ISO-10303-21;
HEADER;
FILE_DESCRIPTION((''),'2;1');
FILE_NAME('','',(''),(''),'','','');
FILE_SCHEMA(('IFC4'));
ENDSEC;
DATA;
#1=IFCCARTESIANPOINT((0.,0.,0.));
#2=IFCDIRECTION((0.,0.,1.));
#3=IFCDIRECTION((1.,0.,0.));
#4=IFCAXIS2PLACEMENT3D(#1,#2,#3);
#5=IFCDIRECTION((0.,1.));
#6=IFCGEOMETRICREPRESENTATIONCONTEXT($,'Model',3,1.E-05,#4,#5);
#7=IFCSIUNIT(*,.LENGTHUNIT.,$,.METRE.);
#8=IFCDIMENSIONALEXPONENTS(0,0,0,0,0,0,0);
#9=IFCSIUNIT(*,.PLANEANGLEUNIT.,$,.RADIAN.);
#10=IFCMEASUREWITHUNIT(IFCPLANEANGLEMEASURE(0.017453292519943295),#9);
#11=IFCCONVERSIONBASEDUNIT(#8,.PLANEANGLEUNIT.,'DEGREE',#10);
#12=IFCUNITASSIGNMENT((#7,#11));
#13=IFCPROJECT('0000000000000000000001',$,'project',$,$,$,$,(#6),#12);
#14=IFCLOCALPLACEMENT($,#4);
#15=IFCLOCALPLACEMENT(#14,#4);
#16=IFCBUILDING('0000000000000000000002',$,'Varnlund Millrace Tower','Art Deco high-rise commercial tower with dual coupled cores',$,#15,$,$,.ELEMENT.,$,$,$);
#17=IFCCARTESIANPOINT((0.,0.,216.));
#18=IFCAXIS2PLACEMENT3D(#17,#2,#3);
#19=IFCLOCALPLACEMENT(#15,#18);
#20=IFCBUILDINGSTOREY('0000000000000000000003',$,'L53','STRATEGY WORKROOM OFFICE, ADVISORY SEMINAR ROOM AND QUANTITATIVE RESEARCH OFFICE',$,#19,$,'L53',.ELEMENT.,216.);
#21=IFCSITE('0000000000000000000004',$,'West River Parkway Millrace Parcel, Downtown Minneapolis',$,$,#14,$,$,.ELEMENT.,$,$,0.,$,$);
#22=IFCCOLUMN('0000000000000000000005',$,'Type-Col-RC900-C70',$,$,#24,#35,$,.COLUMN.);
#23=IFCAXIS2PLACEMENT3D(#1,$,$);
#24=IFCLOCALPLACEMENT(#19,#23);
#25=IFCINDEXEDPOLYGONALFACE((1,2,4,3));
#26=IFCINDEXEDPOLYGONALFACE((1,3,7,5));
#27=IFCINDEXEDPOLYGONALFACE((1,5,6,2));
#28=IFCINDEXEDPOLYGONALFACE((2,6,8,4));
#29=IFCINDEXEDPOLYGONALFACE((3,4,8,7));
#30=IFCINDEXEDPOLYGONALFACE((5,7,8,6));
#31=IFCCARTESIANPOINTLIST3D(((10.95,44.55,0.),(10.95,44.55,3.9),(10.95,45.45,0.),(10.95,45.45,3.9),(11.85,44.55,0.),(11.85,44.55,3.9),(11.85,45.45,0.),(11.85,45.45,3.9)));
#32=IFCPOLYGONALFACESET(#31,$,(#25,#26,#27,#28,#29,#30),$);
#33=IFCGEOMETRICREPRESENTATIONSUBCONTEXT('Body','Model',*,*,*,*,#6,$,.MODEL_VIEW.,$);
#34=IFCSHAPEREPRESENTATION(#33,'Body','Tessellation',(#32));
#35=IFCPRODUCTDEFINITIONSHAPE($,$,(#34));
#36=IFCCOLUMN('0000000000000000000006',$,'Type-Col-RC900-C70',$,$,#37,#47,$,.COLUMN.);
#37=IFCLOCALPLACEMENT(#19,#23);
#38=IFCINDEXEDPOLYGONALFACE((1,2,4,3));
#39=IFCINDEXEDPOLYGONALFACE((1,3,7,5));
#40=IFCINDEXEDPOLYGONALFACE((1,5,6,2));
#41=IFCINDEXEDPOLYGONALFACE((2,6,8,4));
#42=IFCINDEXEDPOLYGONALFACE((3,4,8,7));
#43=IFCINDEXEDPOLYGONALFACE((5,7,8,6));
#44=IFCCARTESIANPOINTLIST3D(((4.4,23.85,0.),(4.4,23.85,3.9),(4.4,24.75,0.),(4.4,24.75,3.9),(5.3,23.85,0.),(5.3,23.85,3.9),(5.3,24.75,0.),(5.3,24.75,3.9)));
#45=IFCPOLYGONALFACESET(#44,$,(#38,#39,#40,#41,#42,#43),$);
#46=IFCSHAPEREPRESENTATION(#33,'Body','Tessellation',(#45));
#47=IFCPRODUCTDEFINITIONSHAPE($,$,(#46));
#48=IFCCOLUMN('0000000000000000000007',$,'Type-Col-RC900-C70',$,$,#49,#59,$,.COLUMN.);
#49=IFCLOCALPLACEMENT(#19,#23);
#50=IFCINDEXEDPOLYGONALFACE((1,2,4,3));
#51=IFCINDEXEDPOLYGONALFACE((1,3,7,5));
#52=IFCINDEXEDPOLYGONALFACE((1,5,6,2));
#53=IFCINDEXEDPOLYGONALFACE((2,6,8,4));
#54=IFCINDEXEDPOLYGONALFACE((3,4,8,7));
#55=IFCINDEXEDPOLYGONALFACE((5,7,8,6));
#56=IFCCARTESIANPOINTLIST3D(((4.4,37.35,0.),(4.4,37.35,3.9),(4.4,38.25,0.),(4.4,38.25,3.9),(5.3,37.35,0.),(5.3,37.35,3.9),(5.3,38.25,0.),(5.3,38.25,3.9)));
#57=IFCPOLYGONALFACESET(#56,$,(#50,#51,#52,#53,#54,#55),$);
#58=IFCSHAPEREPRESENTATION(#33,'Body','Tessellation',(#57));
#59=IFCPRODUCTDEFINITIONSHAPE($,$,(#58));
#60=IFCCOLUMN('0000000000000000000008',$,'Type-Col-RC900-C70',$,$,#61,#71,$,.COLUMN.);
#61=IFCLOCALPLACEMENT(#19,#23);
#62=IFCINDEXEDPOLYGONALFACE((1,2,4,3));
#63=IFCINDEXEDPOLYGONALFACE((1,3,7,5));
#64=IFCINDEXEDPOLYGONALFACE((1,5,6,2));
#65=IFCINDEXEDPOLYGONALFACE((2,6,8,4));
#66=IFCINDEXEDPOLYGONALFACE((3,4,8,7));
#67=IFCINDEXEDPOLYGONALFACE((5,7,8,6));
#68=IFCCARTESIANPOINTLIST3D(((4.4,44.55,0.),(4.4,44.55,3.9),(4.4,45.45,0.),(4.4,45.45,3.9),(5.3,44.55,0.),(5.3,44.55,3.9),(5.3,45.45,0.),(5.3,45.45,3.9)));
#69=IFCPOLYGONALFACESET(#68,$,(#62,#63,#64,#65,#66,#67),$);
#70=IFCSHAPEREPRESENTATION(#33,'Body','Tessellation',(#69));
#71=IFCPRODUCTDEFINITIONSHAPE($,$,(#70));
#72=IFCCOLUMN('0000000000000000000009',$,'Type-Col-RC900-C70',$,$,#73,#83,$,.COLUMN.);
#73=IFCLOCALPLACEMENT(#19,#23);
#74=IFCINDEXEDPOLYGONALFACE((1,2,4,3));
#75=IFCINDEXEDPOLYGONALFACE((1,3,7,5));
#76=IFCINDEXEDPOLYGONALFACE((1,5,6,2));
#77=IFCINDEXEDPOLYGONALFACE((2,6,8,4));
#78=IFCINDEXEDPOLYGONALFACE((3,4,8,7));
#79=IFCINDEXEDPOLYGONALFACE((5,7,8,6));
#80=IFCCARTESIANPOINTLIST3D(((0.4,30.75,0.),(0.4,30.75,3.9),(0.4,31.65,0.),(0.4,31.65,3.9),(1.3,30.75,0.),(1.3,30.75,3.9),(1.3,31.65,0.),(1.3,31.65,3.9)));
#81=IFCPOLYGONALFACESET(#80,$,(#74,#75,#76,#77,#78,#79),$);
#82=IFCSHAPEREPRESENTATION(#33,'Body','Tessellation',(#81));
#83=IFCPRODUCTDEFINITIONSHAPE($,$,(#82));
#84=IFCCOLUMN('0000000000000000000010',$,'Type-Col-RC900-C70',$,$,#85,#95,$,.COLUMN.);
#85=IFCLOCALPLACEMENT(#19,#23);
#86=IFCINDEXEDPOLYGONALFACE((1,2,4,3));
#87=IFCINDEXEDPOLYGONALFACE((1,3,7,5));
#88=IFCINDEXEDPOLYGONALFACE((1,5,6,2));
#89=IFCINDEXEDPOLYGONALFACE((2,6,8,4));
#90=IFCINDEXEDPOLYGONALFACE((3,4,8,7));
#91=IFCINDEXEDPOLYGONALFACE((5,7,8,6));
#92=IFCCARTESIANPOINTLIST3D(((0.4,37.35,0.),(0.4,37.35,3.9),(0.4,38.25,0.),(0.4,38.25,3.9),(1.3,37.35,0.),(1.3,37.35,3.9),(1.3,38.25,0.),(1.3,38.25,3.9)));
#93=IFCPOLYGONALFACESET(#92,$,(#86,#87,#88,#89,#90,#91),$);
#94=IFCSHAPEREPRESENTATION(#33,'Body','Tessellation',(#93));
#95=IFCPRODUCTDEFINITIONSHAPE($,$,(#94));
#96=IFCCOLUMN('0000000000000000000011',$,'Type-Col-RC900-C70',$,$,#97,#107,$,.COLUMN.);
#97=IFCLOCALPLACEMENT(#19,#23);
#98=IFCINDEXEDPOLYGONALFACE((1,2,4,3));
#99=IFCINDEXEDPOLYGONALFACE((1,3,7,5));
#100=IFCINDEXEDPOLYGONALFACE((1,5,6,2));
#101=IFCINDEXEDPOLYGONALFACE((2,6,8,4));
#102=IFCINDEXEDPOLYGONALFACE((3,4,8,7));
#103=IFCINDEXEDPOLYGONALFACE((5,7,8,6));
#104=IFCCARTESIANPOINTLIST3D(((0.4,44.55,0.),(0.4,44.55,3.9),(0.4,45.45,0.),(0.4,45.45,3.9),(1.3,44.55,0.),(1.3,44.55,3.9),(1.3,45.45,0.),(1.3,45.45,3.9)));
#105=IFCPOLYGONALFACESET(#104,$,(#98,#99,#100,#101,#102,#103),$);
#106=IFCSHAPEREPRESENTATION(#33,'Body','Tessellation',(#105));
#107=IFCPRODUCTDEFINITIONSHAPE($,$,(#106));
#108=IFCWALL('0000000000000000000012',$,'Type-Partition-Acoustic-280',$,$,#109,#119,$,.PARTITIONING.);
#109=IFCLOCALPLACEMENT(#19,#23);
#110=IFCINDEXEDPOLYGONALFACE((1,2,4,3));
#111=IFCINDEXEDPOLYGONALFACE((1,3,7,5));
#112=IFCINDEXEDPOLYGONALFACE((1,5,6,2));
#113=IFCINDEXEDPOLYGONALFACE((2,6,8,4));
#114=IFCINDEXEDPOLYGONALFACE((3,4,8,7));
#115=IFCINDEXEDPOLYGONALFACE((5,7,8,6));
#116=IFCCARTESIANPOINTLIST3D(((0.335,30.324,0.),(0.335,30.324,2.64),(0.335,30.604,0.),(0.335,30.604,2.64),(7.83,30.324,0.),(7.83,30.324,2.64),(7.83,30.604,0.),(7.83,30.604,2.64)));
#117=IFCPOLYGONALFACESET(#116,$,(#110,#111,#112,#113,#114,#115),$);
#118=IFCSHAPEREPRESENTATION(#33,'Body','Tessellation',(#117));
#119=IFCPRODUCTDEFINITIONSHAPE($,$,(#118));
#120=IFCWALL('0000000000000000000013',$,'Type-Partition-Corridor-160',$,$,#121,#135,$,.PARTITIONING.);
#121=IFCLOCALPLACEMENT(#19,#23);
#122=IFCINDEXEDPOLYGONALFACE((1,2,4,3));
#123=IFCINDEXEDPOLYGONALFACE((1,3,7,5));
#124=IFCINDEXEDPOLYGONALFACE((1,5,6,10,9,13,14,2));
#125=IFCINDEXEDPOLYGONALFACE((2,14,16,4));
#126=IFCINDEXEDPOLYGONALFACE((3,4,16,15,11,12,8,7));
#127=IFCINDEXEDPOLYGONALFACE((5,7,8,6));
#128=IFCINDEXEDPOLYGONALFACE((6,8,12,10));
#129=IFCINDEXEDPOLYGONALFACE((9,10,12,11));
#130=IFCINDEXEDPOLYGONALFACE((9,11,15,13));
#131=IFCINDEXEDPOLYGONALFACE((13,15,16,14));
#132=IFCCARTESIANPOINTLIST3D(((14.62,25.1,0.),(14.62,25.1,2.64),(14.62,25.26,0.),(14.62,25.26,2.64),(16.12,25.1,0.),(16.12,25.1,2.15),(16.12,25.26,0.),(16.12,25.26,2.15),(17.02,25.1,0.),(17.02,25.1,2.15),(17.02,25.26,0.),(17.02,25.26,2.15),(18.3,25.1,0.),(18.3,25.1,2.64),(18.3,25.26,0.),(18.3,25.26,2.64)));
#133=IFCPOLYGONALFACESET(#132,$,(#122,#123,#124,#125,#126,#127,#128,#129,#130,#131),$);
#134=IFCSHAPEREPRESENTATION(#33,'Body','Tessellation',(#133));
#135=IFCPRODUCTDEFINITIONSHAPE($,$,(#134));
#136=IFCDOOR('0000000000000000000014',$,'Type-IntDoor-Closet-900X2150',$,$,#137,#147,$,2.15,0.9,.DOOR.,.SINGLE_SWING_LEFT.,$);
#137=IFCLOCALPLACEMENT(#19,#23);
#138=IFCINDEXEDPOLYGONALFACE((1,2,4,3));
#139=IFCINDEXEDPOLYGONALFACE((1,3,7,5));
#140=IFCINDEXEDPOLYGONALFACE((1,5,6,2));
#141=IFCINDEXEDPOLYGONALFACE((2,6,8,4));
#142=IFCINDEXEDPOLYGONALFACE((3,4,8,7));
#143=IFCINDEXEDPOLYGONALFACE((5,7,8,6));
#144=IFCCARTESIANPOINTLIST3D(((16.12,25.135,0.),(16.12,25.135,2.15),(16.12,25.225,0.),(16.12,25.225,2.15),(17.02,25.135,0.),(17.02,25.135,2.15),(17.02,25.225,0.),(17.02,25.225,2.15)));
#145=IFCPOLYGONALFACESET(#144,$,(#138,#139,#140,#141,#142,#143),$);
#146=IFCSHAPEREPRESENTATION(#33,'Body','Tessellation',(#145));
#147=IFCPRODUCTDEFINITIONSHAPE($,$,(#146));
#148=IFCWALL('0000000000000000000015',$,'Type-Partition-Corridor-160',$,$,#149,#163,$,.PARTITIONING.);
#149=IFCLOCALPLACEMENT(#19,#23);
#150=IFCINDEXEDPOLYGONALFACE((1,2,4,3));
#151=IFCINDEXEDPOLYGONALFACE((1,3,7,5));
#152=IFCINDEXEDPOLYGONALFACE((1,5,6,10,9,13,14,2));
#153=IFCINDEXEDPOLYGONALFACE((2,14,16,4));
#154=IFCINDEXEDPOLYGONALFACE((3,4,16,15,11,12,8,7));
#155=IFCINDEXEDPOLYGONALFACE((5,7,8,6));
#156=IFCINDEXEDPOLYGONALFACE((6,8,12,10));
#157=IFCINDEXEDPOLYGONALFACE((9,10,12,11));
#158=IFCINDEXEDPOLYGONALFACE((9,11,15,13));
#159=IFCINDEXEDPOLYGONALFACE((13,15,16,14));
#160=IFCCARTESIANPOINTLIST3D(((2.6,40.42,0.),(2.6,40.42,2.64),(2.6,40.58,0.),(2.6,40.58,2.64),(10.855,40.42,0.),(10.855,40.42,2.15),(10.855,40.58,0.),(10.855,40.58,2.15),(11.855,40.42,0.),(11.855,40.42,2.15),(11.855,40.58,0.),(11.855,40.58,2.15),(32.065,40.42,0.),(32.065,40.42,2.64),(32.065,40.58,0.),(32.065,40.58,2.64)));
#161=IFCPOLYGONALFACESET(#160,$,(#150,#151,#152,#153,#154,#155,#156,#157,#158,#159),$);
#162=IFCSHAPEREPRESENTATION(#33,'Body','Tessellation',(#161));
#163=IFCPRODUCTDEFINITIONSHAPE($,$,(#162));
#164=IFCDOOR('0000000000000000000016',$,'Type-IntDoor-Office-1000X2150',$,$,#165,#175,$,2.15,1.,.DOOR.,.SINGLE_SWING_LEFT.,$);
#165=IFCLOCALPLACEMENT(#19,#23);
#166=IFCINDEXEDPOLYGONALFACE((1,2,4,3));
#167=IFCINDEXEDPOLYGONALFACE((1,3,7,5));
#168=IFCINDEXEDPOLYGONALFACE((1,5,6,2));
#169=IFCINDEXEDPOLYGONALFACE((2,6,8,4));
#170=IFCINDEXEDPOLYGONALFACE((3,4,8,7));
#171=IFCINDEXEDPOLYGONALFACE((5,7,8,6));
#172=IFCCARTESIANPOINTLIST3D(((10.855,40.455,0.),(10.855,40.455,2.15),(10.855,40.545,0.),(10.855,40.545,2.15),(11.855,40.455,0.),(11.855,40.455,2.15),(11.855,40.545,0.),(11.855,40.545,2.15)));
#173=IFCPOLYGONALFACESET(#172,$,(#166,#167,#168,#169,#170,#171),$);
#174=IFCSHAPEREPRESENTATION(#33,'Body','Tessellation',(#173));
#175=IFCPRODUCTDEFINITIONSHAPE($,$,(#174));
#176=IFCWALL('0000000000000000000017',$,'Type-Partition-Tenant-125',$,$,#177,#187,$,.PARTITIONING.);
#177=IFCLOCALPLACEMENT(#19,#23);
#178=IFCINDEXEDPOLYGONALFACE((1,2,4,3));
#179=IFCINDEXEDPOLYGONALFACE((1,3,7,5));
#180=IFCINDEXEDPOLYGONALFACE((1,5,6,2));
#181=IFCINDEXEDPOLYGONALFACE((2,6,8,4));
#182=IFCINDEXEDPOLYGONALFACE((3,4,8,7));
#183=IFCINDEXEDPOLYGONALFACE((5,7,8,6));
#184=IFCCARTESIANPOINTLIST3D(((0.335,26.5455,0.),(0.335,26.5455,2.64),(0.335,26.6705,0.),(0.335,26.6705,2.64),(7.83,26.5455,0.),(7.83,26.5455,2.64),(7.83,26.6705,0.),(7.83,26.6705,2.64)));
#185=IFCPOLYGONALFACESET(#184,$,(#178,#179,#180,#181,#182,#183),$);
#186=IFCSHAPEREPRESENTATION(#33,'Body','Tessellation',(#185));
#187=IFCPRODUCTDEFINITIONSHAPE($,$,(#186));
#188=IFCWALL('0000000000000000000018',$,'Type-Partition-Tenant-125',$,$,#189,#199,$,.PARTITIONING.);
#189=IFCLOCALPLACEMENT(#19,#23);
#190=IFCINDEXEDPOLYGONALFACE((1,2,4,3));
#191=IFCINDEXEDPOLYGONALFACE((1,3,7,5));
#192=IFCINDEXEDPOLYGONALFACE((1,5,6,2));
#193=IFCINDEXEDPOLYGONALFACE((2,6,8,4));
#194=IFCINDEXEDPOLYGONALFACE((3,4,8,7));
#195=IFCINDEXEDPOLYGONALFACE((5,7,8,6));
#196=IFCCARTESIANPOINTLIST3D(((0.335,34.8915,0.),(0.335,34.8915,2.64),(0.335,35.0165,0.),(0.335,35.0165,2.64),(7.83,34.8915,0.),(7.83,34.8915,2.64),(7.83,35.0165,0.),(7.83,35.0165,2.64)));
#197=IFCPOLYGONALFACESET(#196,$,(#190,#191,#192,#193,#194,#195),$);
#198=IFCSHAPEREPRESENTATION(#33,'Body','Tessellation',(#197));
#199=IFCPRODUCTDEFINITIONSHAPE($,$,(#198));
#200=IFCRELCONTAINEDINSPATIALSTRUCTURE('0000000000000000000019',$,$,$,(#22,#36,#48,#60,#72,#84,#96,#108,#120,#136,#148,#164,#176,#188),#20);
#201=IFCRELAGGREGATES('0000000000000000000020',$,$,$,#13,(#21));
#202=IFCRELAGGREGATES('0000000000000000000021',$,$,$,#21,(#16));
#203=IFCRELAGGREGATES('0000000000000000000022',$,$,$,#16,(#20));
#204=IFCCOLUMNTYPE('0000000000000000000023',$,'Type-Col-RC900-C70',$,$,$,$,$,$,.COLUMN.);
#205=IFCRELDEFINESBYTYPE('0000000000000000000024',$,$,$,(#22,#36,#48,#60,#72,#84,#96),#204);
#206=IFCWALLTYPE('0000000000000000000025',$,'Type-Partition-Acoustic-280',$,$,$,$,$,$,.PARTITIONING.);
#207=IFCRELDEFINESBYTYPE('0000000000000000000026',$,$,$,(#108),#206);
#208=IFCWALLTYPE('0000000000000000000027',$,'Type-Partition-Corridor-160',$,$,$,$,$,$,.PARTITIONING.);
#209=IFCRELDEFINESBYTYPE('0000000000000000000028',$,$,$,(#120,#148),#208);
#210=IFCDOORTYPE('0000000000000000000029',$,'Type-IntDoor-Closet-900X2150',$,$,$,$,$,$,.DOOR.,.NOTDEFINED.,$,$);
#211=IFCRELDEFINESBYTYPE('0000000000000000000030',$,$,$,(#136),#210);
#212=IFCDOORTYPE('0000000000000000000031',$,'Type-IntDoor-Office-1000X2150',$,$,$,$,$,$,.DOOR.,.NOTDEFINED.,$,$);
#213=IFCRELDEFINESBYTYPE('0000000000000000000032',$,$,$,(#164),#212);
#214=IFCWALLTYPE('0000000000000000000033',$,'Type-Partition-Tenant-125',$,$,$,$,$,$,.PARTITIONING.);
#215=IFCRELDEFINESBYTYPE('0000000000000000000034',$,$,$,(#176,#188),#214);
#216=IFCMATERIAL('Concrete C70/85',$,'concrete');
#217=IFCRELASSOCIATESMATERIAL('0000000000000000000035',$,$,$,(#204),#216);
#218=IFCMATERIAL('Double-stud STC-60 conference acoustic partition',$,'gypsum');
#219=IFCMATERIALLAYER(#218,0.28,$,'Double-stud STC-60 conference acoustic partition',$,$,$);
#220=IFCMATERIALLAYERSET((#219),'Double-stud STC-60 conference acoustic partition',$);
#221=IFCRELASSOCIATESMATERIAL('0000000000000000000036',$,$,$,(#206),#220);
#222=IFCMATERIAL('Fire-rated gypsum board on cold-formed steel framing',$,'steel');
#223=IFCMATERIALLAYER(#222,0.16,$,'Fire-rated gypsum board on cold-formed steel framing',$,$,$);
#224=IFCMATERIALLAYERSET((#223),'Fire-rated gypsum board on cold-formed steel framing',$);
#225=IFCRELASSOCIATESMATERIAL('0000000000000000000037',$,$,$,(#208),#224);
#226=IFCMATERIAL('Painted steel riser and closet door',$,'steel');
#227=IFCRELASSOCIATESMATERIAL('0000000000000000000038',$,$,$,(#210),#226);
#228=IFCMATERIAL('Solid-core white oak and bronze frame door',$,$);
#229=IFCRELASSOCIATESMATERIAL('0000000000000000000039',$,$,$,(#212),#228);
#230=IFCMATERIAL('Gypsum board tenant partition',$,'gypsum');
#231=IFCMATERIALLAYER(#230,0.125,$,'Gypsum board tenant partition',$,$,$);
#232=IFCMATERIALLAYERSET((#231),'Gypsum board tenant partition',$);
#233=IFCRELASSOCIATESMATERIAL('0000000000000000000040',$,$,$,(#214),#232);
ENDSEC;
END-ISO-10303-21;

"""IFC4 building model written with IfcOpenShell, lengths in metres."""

from ifc_helpers import new_model, entity, si_unit, converted_unit, direction, frame, origin_with_axes, origin_2d_with_axis, place, context, subcontext, project, spatial, polyline, rectangle, outline, extrude, material, layer, layer_set, material_profile, profile_set, type_object, element, fill, save


model = new_model("IFC4")

# Units and contexts
model_context = context("Model", 3, precision=1e-05, world=origin_with_axes(), true_north=direction((0.0, 1.0)))
body_context = subcontext(model_context, "Body", "Model", "MODEL_VIEW")
ifc_project = project(units=[si_unit("LENGTHUNIT", "METRE"), converted_unit("PLANEANGLEUNIT", "DEGREE", entity("IfcPlaneAngleMeasure", 0.017453292519943295), si_unit("PLANEANGLEUNIT", "RADIAN"), dimensions=[0, 0, 0, 0, 0, 0, 0])], contexts=[model_context])

# Site, building, storey
site_placement = place(None, origin_with_axes())
site = spatial("IfcSite", under=ifc_project, at=site_placement, Name="West River Parkway Millrace Parcel, Downtown Minneapolis", CompositionType="ELEMENT", RefElevation=0.0)
building_placement = place(site_placement, origin_with_axes())
building = spatial("IfcBuilding", under=site, at=building_placement, Name="Varnlund Millrace Tower", Description="Art Deco high-rise commercial tower with dual coupled cores", CompositionType="ELEMENT")
storey_placement = place(building_placement, frame((0.0, 0.0, 216.0), z_axis=(0.0, 0.0, 1.0), x_axis=(1.0, 0.0, 0.0)))
storey = spatial("IfcBuildingStorey", under=building, at=storey_placement, Name="L53", Description="STRATEGY WORKROOM OFFICE, ADVISORY SEMINAR ROOM AND QUANTITATIVE RESEARCH OFFICE", LongName="L53", CompositionType="ELEMENT", Elevation=216.0)

# Columns
ifc_material_1 = material(Name="Concrete C70/85", Category="concrete")
ifc_material_profile = material_profile(ifc_material_1, rectangle(XDim=0.9, YDim=0.9, at=origin_2d_with_axis()), Name="Concrete C70/85")
ifc_profile_set = profile_set([ifc_material_profile], Name="Concrete C70/85")
column_type = type_object("IfcColumnType", Name="Type-Col-RC900-C70", PredefinedType="COLUMN", material=ifc_profile_set)
for number, where, z_axis, x_axis, name in (
    (1, (11.4, 45.0, 0.0), (0.0, 0.0, 1.0), (1.0, 0.0, 0.0), "Type-Col-RC900-C70"),
    (2, (4.85, 24.3, 0.0), (0.0, 0.0, 1.0), (1.0, 0.0, 0.0), "Type-Col-RC900-C70"),
    (3, (4.85, 37.8, 0.0), (0.0, 0.0, 1.0), (1.0, 0.0, 0.0), "Type-Col-RC900-C70"),
    (4, (4.85, 45.0, 0.0), (0.0, 0.0, 1.0), (1.0, 0.0, 0.0), "Type-Col-RC900-C70"),
    (5, (0.85, 31.2, 0.0), (0.0, 0.0, 1.0), (1.0, 0.0, 0.0), "Type-Col-RC900-C70"),
    (6, (0.85, 37.8, 0.0), (0.0, 0.0, 1.0), (1.0, 0.0, 0.0), "Type-Col-RC900-C70"),
    (7, (0.85, 45.0, 0.0), (0.0, 0.0, 1.0), (1.0, 0.0, 0.0), "Type-Col-RC900-C70"),
):
    element("IfcColumn", number, at=place(storey_placement, frame(where, z_axis=z_axis, x_axis=x_axis)), inside=storey, type_object=column_type, Name=name, PredefinedType="COLUMN", context=body_context, shape_type="SweptSolid", body=[
        extrude(rectangle(XDim=0.9, YDim=0.9, at=origin_2d_with_axis()), origin_with_axes(), (0.0, 0.0, 1.0), 3.9),
    ])

# Wall
ifc_material_2 = material(Name="Double-stud STC-60 conference acoustic partition", Category="gypsum")
ifc_layer_1 = layer(ifc_material_2, 0.28, Name="Double-stud STC-60 conference acoustic partition")
ifc_layer_set_1 = layer_set([ifc_layer_1], Name="Double-stud STC-60 conference acoustic partition")
wall_type_1 = type_object("IfcWallType", Name="Type-Partition-Acoustic-280", PredefinedType="PARTITIONING", material=ifc_layer_set_1)
wall_1_placement = place(storey_placement, frame((0.335, 30.464, 0.0), z_axis=(0.0, 0.0, 1.0), x_axis=(1.0, 0.0, 0.0)))
element("IfcWall", 8, at=wall_1_placement, inside=storey, type_object=wall_type_1, Name="Type-Partition-Acoustic-280", PredefinedType="PARTITIONING", context=body_context, shape_type="SweptSolid", body=[
    extrude(outline(polyline([(0.0, -0.14), (7.495, -0.14), (7.495, 0.14), (0.0, 0.14), (0.0, -0.14)])), origin_with_axes(), (0.0, 0.0, 1.0), 2.64),
])

# Walls, openings, doors
ifc_material_3 = material(Name="Fire-rated gypsum board on cold-formed steel framing", Category="steel")
ifc_layer_2 = layer(ifc_material_3, 0.16, Name="Fire-rated gypsum board on cold-formed steel framing")
ifc_layer_set_2 = layer_set([ifc_layer_2], Name="Fire-rated gypsum board on cold-formed steel framing")
wall_type_2 = type_object("IfcWallType", Name="Type-Partition-Corridor-160", PredefinedType="PARTITIONING", material=ifc_layer_set_2)
wall_2_placement = place(storey_placement, frame((14.62, 25.18, 0.0), z_axis=(0.0, 0.0, 1.0), x_axis=(1.0, 0.0, 0.0)))
wall_2 = element("IfcWall", 9, at=wall_2_placement, inside=storey, type_object=wall_type_2, Name="Type-Partition-Corridor-160", PredefinedType="PARTITIONING", context=body_context, shape_type="SweptSolid", body=[
    extrude(outline(polyline([(0.0, -0.08), (3.68, -0.08), (3.68, 0.08), (0.0, 0.08), (0.0, -0.08)])), origin_with_axes(), (0.0, 0.0, 1.0), 2.64),
])
opening_1_placement = place(wall_2_placement, frame((1.95, 0.0, 0.0), z_axis=(0.0, 0.0, 1.0), x_axis=(1.0, 0.0, 0.0)))
opening_1 = element("IfcOpeningElement", 10, at=opening_1_placement, cuts=wall_2, PredefinedType="OPENING", context=body_context, shape_type="SweptSolid", body=[
    extrude(rectangle(XDim=0.9, YDim=0.18, at=origin_2d_with_axis()), origin_with_axes(), (0.0, 0.0, 1.0), 2.15),
])
ifc_material_4 = material(Name="Painted steel riser and closet door", Category="steel")
door_type_1 = type_object("IfcDoorType", Name="Type-IntDoor-Closet-900X2150", OperationType="NOTDEFINED", PredefinedType="DOOR", material=ifc_material_4)
door_1_placement = place(wall_2_placement, frame((1.95, 0.0, 0.0), z_axis=(0.0, 0.0, 1.0), x_axis=(1.0, 0.0, 0.0)))
door_1 = element("IfcDoor", 11, at=door_1_placement, inside=storey, type_object=door_type_1, Name="Type-IntDoor-Closet-900X2150", OperationType="SINGLE_SWING_LEFT", OverallHeight=2.15, OverallWidth=0.9, PredefinedType="DOOR", context=body_context, shape_type="SweptSolid", body=[
    extrude(rectangle(XDim=0.9, YDim=0.09, at=origin_2d_with_axis()), origin_with_axes(), (0.0, 0.0, 1.0), 2.15),
])
fill(opening_1, door_1)
wall_3_placement = place(storey_placement, frame((2.6, 40.5, 0.0), z_axis=(0.0, 0.0, 1.0), x_axis=(1.0, 0.0, 0.0)))
wall_3 = element("IfcWall", 12, at=wall_3_placement, inside=storey, type_object=wall_type_2, Name="Type-Partition-Corridor-160", PredefinedType="PARTITIONING", context=body_context, shape_type="SweptSolid", body=[
    extrude(outline(polyline([(0.0, -0.08), (29.465, -0.08), (29.465, 0.08), (0.0, 0.08), (0.0, -0.08)])), origin_with_axes(), (0.0, 0.0, 1.0), 2.64),
])
opening_2_placement = place(wall_3_placement, frame((8.755, 0.0, 0.0), z_axis=(0.0, 0.0, 1.0), x_axis=(1.0, 0.0, 0.0)))
opening_2 = element("IfcOpeningElement", 13, at=opening_2_placement, cuts=wall_3, PredefinedType="OPENING", context=body_context, shape_type="SweptSolid", body=[
    extrude(rectangle(XDim=1.0, YDim=0.18, at=origin_2d_with_axis()), origin_with_axes(), (0.0, 0.0, 1.0), 2.15),
])
ifc_material_5 = material(Name="Solid-core white oak and bronze frame door")
door_type_2 = type_object("IfcDoorType", Name="Type-IntDoor-Office-1000X2150", OperationType="NOTDEFINED", PredefinedType="DOOR", material=ifc_material_5)
door_2_placement = place(wall_3_placement, frame((8.755, 0.0, 0.0), z_axis=(0.0, 0.0, 1.0), x_axis=(1.0, 0.0, 0.0)))
door_2 = element("IfcDoor", 14, at=door_2_placement, inside=storey, type_object=door_type_2, Name="Type-IntDoor-Office-1000X2150", OperationType="SINGLE_SWING_LEFT", OverallHeight=2.15, OverallWidth=1.0, PredefinedType="DOOR", context=body_context, shape_type="SweptSolid", body=[
    extrude(rectangle(XDim=1.0, YDim=0.09, at=origin_2d_with_axis()), origin_with_axes(), (0.0, 0.0, 1.0), 2.15),
])
fill(opening_2, door_2)

# Walls
ifc_material_6 = material(Name="Gypsum board tenant partition", Category="gypsum")
ifc_layer_3 = layer(ifc_material_6, 0.125, Name="Gypsum board tenant partition")
ifc_layer_set_3 = layer_set([ifc_layer_3], Name="Gypsum board tenant partition")
wall_type_3 = type_object("IfcWallType", Name="Type-Partition-Tenant-125", PredefinedType="PARTITIONING", material=ifc_layer_set_3)
for number, where, z_axis, x_axis, name in (
    (15, (0.335, 26.608, 0.0), (0.0, 0.0, 1.0), (1.0, 0.0, 0.0), "Type-Partition-Tenant-125"),
    (16, (0.335, 34.954, 0.0), (0.0, 0.0, 1.0), (1.0, 0.0, 0.0), "Type-Partition-Tenant-125"),
):
    element("IfcWall", number, at=place(storey_placement, frame(where, z_axis=z_axis, x_axis=x_axis)), inside=storey, type_object=wall_type_3, Name=name, PredefinedType="PARTITIONING", context=body_context, shape_type="SweptSolid", body=[
        extrude(outline(polyline([(0.0, -0.0625), (7.495, -0.0625), (7.495, 0.0625), (0.0, 0.0625), (0.0, -0.0625)])), origin_with_axes(), (0.0, 0.0, 1.0), 2.64),
    ])

save(model, "model.ifc")
